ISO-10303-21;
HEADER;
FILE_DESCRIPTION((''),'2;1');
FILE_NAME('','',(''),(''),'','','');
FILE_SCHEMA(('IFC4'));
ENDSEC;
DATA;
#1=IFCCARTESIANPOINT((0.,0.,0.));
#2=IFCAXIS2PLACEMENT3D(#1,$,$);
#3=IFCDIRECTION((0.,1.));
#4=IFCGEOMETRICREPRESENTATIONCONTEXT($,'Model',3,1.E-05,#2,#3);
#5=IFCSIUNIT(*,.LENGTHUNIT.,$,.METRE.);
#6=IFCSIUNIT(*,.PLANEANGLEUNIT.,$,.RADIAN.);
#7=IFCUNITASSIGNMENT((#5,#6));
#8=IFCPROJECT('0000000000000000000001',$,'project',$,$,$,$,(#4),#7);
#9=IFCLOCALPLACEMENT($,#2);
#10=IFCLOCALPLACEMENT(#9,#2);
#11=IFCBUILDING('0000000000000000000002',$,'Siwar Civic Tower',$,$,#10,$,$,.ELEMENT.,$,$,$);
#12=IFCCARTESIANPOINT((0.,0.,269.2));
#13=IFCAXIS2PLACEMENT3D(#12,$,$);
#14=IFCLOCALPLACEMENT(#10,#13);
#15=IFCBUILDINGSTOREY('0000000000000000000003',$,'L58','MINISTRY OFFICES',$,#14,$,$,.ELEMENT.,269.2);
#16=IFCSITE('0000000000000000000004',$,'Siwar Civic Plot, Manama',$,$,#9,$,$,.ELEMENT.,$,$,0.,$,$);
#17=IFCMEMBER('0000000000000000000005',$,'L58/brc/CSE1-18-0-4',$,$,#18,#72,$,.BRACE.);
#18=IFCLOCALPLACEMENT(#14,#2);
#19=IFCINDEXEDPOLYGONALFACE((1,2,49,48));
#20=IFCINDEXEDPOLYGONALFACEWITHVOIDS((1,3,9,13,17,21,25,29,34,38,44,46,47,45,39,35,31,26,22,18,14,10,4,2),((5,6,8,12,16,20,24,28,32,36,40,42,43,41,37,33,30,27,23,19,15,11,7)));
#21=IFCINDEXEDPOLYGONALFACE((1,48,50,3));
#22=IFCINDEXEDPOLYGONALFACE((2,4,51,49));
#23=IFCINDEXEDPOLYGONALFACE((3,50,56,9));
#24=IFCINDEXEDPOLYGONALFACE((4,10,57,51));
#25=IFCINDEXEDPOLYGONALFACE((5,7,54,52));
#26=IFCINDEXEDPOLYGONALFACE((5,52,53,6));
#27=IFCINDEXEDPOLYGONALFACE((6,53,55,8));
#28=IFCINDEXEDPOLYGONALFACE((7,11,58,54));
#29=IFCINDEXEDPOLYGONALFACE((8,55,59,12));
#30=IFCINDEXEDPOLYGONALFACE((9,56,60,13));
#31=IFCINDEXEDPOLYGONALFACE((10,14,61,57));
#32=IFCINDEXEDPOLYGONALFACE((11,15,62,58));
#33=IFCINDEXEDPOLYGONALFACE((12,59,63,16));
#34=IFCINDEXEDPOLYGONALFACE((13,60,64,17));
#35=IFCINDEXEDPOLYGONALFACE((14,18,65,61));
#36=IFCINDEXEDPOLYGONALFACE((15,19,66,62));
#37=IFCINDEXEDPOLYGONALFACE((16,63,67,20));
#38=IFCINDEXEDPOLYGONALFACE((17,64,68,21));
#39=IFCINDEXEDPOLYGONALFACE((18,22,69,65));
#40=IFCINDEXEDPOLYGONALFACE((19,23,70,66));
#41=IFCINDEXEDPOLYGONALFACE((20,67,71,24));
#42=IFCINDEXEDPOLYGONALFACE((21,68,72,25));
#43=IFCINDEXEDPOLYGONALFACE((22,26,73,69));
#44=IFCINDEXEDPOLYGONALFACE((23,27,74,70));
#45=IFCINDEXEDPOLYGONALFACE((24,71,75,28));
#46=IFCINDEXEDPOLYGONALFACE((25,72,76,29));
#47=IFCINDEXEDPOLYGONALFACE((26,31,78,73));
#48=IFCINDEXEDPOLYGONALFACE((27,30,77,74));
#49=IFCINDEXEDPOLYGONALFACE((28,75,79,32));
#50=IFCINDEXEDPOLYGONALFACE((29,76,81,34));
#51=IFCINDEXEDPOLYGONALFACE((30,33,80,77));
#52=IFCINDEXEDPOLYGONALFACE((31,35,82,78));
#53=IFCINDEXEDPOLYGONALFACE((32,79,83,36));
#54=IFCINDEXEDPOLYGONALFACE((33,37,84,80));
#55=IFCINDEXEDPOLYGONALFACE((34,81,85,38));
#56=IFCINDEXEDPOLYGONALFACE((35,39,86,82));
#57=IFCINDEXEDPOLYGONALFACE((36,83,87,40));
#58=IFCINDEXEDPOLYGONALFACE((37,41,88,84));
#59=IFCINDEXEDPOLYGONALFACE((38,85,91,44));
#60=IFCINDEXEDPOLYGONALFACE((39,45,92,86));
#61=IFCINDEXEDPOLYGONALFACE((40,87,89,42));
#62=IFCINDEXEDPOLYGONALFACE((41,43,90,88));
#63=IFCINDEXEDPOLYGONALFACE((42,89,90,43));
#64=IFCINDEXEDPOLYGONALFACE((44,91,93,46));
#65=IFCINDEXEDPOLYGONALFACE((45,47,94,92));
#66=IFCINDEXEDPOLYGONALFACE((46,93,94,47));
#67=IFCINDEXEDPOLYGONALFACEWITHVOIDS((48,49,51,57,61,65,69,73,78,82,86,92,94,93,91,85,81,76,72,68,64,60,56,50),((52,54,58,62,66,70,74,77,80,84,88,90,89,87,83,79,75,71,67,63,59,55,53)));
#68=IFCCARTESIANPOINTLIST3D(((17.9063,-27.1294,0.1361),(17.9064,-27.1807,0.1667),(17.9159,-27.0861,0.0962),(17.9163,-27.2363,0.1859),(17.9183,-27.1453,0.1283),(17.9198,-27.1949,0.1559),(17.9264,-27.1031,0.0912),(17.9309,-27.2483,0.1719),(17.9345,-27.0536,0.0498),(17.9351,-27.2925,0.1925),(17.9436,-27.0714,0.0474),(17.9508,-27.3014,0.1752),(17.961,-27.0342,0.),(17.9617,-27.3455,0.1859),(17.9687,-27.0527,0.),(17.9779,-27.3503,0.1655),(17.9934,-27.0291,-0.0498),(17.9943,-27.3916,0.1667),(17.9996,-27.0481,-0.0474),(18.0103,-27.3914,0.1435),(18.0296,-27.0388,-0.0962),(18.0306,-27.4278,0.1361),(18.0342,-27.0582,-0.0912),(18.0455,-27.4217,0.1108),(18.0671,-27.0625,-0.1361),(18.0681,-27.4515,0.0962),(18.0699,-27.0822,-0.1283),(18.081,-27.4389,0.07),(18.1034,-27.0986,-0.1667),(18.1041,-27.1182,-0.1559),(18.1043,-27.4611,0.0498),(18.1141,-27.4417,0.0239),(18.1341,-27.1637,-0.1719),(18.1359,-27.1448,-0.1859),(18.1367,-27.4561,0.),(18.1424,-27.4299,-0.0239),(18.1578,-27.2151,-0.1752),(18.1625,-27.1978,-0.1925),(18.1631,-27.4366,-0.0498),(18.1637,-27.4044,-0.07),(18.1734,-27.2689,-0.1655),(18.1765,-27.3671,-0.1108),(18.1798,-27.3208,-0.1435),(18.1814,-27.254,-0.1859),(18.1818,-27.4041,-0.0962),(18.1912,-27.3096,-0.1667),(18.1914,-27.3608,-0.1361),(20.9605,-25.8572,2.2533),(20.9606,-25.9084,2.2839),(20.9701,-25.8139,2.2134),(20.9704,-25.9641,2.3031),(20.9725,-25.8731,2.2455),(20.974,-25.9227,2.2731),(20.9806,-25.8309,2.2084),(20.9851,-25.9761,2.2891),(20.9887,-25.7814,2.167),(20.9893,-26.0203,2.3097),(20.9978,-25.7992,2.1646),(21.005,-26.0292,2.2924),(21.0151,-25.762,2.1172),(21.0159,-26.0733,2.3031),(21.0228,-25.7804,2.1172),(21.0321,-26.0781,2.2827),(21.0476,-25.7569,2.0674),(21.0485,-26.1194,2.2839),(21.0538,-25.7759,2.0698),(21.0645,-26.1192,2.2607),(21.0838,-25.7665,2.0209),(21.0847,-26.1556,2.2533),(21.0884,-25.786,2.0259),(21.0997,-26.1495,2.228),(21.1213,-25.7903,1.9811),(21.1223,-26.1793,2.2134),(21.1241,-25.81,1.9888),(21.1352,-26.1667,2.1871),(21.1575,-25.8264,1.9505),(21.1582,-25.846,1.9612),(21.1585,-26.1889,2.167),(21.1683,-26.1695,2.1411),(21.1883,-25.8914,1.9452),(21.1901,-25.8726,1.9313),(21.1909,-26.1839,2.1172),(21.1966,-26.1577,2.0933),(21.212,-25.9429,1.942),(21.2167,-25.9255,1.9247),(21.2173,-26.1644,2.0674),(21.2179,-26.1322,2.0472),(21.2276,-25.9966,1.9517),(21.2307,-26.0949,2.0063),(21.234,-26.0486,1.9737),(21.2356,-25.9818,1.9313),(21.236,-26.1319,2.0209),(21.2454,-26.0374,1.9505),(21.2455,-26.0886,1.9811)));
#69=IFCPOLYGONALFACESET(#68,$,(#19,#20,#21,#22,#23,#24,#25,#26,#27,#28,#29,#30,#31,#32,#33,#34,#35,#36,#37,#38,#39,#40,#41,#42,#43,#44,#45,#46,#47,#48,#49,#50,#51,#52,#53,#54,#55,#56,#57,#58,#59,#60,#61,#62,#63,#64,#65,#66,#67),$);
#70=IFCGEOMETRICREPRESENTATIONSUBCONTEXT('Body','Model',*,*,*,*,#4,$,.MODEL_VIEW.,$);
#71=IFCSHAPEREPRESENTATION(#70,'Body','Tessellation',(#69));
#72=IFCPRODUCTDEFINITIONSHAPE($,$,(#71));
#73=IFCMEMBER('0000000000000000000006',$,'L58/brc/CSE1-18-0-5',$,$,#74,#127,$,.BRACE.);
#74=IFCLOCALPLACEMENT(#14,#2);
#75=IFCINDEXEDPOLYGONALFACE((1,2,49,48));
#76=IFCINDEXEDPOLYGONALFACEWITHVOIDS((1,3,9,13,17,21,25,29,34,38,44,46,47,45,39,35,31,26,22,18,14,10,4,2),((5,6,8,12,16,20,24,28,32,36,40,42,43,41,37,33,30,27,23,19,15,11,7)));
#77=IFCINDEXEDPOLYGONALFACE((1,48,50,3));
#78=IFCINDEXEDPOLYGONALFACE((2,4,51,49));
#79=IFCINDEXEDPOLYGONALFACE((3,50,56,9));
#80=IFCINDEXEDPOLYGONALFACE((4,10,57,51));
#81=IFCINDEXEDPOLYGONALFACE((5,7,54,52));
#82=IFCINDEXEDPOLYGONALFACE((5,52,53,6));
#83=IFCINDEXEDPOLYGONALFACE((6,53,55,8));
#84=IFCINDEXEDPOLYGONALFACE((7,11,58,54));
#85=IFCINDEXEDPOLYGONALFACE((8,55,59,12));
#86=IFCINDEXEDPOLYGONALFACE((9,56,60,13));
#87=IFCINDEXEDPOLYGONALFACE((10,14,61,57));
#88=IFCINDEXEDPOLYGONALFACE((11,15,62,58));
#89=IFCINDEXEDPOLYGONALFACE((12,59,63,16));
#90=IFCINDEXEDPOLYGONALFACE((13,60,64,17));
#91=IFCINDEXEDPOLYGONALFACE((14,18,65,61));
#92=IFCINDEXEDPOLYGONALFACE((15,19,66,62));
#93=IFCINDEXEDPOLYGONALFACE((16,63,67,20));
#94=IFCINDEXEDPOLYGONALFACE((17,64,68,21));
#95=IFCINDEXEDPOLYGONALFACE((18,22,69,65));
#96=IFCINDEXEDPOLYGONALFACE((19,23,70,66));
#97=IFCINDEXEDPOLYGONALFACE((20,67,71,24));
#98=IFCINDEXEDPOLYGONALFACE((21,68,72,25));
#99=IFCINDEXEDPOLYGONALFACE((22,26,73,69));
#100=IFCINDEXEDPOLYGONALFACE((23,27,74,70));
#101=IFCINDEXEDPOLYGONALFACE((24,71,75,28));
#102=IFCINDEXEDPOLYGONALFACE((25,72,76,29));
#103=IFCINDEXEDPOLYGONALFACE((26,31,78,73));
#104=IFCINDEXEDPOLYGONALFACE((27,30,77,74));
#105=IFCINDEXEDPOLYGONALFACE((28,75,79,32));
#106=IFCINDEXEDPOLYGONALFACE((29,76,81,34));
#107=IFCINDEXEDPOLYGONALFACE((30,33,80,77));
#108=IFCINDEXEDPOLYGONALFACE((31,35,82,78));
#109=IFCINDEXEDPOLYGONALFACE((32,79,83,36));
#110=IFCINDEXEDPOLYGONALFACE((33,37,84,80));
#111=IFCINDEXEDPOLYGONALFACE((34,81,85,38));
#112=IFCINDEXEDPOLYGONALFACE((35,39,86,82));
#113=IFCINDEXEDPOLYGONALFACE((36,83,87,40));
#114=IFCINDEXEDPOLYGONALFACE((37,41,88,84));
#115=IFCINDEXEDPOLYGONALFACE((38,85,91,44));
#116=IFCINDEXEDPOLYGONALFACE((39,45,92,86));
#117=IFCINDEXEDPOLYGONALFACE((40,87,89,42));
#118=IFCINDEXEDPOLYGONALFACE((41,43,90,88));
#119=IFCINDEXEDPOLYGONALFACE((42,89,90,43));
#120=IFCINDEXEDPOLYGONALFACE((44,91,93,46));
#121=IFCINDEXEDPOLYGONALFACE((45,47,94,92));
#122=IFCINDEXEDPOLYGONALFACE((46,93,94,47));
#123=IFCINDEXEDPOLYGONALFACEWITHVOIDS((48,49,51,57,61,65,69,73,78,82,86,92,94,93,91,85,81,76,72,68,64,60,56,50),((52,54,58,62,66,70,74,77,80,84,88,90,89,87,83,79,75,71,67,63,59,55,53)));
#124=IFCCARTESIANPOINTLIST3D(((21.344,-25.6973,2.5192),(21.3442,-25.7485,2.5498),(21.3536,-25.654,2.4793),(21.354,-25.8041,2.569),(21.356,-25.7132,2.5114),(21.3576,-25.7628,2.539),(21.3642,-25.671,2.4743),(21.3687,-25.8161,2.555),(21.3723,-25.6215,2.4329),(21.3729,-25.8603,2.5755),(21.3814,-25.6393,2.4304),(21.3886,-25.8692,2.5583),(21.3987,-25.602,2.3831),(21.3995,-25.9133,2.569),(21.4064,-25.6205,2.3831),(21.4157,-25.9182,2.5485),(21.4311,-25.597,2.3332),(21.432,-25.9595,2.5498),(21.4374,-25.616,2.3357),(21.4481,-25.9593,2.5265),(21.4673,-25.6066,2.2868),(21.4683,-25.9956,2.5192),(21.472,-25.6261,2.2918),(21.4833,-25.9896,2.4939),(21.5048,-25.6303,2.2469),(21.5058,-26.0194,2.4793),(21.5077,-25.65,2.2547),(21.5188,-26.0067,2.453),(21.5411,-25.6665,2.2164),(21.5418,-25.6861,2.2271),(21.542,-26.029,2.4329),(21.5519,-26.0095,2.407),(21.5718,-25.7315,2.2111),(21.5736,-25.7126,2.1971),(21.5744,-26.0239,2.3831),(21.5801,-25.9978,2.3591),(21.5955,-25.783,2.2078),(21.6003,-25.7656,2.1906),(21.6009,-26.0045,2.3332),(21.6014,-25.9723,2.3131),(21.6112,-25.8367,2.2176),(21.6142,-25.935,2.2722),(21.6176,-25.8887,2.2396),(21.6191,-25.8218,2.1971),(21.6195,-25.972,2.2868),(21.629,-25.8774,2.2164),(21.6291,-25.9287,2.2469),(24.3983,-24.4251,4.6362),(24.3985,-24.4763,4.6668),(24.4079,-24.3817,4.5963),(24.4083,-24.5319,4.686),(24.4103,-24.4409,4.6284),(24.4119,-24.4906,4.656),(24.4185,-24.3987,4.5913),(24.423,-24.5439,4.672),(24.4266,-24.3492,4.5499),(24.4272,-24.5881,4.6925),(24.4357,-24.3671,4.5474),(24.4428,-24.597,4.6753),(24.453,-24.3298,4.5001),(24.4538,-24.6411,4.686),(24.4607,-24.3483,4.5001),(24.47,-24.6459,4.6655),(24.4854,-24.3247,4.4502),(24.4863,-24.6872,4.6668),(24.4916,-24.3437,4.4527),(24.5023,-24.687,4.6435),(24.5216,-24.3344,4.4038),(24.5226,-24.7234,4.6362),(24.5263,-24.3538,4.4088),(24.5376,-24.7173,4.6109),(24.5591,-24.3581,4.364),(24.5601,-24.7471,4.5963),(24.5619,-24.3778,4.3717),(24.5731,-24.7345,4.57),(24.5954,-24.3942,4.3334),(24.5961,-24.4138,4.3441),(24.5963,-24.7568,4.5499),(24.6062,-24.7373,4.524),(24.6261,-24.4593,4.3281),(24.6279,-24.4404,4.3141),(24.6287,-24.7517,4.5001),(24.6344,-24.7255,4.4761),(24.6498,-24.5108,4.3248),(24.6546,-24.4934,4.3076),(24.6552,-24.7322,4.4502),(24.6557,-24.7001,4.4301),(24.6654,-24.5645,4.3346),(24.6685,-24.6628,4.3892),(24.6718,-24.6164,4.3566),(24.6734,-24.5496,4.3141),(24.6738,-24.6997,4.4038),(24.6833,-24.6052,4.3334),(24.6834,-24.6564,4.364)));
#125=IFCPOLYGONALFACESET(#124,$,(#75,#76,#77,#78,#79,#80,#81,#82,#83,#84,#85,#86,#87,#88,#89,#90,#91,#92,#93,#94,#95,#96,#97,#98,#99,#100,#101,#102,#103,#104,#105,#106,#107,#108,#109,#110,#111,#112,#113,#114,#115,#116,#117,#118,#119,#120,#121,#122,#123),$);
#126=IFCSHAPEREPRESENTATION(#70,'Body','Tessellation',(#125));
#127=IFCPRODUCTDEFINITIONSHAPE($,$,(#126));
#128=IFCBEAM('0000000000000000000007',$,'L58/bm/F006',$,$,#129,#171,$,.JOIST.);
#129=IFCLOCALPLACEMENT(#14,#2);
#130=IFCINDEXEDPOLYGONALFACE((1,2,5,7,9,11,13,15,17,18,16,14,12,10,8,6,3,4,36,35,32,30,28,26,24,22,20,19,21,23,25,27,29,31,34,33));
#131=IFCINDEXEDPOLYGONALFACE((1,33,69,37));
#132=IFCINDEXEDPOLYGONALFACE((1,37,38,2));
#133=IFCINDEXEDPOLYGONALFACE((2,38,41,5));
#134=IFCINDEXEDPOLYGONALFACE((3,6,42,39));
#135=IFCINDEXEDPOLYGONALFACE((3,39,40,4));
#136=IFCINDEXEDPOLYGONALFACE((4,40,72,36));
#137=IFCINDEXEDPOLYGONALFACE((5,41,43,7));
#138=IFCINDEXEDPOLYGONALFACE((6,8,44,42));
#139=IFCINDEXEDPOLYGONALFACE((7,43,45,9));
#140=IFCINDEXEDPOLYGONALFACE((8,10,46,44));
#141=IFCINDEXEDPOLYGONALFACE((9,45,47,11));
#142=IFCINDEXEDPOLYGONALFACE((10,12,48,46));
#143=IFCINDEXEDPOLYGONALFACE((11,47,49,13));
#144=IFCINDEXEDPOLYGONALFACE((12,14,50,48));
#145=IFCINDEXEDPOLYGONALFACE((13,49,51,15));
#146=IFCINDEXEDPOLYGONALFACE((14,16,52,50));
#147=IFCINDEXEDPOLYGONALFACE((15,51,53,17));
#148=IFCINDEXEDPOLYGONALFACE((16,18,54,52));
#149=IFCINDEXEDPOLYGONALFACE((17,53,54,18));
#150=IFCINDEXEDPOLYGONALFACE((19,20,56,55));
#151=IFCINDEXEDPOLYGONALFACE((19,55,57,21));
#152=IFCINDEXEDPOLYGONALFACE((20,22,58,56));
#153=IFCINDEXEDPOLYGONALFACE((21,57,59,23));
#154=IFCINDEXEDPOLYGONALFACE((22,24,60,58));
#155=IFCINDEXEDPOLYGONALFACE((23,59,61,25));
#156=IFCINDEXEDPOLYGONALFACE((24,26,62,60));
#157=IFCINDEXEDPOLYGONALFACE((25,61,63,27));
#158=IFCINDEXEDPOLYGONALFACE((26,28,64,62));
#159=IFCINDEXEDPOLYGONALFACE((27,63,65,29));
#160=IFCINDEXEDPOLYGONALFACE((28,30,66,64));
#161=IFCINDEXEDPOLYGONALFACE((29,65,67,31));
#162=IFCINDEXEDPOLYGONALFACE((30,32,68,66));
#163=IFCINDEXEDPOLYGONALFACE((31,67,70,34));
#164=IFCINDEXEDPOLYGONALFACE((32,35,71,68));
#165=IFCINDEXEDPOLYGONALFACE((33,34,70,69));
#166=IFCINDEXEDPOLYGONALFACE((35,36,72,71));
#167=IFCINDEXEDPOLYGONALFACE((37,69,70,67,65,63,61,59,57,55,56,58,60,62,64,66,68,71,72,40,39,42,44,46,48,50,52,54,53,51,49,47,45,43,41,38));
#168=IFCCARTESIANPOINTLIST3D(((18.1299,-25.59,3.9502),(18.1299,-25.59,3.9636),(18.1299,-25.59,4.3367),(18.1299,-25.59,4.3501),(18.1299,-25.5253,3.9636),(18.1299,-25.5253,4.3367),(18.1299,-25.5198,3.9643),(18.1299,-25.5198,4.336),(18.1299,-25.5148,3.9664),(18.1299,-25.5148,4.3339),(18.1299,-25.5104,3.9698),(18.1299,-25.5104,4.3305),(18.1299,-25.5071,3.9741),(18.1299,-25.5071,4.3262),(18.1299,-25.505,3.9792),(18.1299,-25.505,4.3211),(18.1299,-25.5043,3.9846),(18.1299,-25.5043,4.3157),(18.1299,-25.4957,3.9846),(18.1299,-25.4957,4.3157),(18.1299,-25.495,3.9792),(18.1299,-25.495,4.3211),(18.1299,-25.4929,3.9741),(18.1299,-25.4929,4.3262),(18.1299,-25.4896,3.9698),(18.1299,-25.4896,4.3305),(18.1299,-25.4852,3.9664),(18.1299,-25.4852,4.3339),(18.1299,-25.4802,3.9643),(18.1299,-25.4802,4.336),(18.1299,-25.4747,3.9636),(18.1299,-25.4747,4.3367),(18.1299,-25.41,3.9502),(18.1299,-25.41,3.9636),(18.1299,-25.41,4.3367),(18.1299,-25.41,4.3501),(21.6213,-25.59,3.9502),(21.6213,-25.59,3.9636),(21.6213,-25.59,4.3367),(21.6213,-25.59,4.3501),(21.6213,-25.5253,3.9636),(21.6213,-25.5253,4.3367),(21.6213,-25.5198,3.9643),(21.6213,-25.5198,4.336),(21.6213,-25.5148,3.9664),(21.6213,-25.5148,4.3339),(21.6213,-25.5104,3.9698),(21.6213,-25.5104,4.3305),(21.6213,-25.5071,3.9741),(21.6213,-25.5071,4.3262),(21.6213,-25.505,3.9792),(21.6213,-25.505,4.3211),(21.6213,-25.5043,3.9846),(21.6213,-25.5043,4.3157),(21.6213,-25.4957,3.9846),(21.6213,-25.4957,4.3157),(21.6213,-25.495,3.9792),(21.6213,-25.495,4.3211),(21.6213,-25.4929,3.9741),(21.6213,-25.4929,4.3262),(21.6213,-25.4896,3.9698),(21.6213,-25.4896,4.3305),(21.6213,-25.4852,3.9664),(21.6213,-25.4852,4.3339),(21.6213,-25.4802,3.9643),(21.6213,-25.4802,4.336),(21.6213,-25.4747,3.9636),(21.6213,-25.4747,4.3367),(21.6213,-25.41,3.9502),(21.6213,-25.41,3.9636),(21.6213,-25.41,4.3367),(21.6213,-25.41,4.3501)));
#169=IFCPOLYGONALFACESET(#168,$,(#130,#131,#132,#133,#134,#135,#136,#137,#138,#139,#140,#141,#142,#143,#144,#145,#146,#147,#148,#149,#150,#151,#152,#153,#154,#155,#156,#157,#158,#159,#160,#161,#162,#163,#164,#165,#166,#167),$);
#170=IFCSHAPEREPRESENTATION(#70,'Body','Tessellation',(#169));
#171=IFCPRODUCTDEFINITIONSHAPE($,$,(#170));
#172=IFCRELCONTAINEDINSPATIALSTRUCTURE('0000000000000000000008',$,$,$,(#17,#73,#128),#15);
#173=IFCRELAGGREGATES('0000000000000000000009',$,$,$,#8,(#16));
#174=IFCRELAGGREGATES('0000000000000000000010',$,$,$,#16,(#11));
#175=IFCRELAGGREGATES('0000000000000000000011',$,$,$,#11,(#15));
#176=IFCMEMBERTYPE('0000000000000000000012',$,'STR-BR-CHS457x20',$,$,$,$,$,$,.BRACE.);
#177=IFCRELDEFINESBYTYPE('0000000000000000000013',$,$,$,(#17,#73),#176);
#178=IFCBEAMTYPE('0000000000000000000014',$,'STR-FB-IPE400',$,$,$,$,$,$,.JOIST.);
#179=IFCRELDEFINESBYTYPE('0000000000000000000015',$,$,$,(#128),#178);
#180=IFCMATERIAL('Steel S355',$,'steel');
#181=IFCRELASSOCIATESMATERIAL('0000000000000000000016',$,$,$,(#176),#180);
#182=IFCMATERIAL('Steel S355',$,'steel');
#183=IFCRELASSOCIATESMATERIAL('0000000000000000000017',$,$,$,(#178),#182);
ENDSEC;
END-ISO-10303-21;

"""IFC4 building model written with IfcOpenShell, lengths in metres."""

from ifc_helpers import new_model, si_unit, direction, frame, origin, origin_2d, place, context, subcontext, project, spatial, hollow_circle, i_section, extrude, material, material_profile, profile_set, type_object, element, save


model = new_model("IFC4")

# Units and contexts
model_context = context("Model", 3, precision=1e-05, world=origin(), true_north=direction((0.0, 1.0)))
body_context = subcontext(model_context, "Body", "Model", "MODEL_VIEW")
ifc_project = project(units=[si_unit("LENGTHUNIT", "METRE"), si_unit("PLANEANGLEUNIT", "RADIAN")], contexts=[model_context])

# Site, building, storey
site_placement = place(None, origin())
site = spatial("IfcSite", under=ifc_project, at=site_placement, Name="Siwar Civic Plot, Manama", CompositionType="ELEMENT", RefElevation=0.0)
building_placement = place(site_placement, origin())
building = spatial("IfcBuilding", under=site, at=building_placement, Name="Siwar Civic Tower", CompositionType="ELEMENT")
storey_placement = place(building_placement, frame((0.0, 0.0, 269.2)))
storey = spatial("IfcBuildingStorey", under=building, at=storey_placement, Name="L58", Description="MINISTRY OFFICES", CompositionType="ELEMENT", Elevation=269.2)

# Members
ifc_material_1 = material(Name="Steel S355", Category="steel")
ifc_material_profile_1 = material_profile(ifc_material_1, hollow_circle(Radius=0.2285, WallThickness=0.02, at=origin_2d()), Name="CHS457x20")
ifc_profile_set_1 = profile_set([ifc_material_profile_1], Name="Steel S355")
member_type_1 = type_object("IfcMemberType", Name="STR-BR-CHS457x20", PredefinedType="BRACE", material=ifc_profile_set_1)
for number, where, z_axis, x_axis, name in (
    (1, (18.0488, -27.2451, 0.0), (0.777546, 0.323884, 0.538999), (-0.384521, 0.923116, 0.0), "L58/brc/CSE1-18-0-4"),
    (2, (21.4866, -25.813, 2.3831), (0.777572, 0.323895, 0.538955), (-0.384521, 0.923116, 0.0), "L58/brc/CSE1-18-0-5"),
):
    element("IfcMember", number, at=place(storey_placement, frame(where, z_axis=z_axis, x_axis=x_axis)), inside=storey, type_object=member_type_1, Name=name, PredefinedType="BRACE", context=body_context, shape_type="SweptSolid", body=[
        extrude(hollow_circle(Radius=0.2285, WallThickness=0.02, at=origin_2d()), origin(), (0.0, 0.0, 1.0), 3.928),
    ])

# Beam
ifc_material_2 = material(Name="Steel S355", Category="steel")
ifc_material_profile_2 = material_profile(ifc_material_2, i_section(OverallWidth=0.1799, OverallDepth=0.3999, WebThickness=0.0085, FlangeThickness=0.0134, FilletRadius=0.021, at=origin_2d()), Name="IPE400")
ifc_profile_set_2 = profile_set([ifc_material_profile_2], Name="Steel S355")
beam_type_1 = type_object("IfcBeamType", Name="STR-FB-IPE400", PredefinedType="JOIST", material=ifc_profile_set_2)
beam_1_placement = place(storey_placement, frame((18.1299, -25.5, 4.1501), z_axis=(1.0, 0.0, 0.0), x_axis=(0.0, 1.0, 0.0)))
element("IfcBeam", 3, at=beam_1_placement, inside=storey, type_object=beam_type_1, Name="L58/bm/F006", PredefinedType="JOIST", context=body_context, shape_type="SweptSolid", body=[
    extrude(i_section(OverallWidth=0.1799, OverallDepth=0.3999, WebThickness=0.0085, FlangeThickness=0.0134, FilletRadius=0.021, at=origin_2d()), origin(), (0.0, 0.0, 1.0), 3.4915),
])

save(model, "model.ifc")
